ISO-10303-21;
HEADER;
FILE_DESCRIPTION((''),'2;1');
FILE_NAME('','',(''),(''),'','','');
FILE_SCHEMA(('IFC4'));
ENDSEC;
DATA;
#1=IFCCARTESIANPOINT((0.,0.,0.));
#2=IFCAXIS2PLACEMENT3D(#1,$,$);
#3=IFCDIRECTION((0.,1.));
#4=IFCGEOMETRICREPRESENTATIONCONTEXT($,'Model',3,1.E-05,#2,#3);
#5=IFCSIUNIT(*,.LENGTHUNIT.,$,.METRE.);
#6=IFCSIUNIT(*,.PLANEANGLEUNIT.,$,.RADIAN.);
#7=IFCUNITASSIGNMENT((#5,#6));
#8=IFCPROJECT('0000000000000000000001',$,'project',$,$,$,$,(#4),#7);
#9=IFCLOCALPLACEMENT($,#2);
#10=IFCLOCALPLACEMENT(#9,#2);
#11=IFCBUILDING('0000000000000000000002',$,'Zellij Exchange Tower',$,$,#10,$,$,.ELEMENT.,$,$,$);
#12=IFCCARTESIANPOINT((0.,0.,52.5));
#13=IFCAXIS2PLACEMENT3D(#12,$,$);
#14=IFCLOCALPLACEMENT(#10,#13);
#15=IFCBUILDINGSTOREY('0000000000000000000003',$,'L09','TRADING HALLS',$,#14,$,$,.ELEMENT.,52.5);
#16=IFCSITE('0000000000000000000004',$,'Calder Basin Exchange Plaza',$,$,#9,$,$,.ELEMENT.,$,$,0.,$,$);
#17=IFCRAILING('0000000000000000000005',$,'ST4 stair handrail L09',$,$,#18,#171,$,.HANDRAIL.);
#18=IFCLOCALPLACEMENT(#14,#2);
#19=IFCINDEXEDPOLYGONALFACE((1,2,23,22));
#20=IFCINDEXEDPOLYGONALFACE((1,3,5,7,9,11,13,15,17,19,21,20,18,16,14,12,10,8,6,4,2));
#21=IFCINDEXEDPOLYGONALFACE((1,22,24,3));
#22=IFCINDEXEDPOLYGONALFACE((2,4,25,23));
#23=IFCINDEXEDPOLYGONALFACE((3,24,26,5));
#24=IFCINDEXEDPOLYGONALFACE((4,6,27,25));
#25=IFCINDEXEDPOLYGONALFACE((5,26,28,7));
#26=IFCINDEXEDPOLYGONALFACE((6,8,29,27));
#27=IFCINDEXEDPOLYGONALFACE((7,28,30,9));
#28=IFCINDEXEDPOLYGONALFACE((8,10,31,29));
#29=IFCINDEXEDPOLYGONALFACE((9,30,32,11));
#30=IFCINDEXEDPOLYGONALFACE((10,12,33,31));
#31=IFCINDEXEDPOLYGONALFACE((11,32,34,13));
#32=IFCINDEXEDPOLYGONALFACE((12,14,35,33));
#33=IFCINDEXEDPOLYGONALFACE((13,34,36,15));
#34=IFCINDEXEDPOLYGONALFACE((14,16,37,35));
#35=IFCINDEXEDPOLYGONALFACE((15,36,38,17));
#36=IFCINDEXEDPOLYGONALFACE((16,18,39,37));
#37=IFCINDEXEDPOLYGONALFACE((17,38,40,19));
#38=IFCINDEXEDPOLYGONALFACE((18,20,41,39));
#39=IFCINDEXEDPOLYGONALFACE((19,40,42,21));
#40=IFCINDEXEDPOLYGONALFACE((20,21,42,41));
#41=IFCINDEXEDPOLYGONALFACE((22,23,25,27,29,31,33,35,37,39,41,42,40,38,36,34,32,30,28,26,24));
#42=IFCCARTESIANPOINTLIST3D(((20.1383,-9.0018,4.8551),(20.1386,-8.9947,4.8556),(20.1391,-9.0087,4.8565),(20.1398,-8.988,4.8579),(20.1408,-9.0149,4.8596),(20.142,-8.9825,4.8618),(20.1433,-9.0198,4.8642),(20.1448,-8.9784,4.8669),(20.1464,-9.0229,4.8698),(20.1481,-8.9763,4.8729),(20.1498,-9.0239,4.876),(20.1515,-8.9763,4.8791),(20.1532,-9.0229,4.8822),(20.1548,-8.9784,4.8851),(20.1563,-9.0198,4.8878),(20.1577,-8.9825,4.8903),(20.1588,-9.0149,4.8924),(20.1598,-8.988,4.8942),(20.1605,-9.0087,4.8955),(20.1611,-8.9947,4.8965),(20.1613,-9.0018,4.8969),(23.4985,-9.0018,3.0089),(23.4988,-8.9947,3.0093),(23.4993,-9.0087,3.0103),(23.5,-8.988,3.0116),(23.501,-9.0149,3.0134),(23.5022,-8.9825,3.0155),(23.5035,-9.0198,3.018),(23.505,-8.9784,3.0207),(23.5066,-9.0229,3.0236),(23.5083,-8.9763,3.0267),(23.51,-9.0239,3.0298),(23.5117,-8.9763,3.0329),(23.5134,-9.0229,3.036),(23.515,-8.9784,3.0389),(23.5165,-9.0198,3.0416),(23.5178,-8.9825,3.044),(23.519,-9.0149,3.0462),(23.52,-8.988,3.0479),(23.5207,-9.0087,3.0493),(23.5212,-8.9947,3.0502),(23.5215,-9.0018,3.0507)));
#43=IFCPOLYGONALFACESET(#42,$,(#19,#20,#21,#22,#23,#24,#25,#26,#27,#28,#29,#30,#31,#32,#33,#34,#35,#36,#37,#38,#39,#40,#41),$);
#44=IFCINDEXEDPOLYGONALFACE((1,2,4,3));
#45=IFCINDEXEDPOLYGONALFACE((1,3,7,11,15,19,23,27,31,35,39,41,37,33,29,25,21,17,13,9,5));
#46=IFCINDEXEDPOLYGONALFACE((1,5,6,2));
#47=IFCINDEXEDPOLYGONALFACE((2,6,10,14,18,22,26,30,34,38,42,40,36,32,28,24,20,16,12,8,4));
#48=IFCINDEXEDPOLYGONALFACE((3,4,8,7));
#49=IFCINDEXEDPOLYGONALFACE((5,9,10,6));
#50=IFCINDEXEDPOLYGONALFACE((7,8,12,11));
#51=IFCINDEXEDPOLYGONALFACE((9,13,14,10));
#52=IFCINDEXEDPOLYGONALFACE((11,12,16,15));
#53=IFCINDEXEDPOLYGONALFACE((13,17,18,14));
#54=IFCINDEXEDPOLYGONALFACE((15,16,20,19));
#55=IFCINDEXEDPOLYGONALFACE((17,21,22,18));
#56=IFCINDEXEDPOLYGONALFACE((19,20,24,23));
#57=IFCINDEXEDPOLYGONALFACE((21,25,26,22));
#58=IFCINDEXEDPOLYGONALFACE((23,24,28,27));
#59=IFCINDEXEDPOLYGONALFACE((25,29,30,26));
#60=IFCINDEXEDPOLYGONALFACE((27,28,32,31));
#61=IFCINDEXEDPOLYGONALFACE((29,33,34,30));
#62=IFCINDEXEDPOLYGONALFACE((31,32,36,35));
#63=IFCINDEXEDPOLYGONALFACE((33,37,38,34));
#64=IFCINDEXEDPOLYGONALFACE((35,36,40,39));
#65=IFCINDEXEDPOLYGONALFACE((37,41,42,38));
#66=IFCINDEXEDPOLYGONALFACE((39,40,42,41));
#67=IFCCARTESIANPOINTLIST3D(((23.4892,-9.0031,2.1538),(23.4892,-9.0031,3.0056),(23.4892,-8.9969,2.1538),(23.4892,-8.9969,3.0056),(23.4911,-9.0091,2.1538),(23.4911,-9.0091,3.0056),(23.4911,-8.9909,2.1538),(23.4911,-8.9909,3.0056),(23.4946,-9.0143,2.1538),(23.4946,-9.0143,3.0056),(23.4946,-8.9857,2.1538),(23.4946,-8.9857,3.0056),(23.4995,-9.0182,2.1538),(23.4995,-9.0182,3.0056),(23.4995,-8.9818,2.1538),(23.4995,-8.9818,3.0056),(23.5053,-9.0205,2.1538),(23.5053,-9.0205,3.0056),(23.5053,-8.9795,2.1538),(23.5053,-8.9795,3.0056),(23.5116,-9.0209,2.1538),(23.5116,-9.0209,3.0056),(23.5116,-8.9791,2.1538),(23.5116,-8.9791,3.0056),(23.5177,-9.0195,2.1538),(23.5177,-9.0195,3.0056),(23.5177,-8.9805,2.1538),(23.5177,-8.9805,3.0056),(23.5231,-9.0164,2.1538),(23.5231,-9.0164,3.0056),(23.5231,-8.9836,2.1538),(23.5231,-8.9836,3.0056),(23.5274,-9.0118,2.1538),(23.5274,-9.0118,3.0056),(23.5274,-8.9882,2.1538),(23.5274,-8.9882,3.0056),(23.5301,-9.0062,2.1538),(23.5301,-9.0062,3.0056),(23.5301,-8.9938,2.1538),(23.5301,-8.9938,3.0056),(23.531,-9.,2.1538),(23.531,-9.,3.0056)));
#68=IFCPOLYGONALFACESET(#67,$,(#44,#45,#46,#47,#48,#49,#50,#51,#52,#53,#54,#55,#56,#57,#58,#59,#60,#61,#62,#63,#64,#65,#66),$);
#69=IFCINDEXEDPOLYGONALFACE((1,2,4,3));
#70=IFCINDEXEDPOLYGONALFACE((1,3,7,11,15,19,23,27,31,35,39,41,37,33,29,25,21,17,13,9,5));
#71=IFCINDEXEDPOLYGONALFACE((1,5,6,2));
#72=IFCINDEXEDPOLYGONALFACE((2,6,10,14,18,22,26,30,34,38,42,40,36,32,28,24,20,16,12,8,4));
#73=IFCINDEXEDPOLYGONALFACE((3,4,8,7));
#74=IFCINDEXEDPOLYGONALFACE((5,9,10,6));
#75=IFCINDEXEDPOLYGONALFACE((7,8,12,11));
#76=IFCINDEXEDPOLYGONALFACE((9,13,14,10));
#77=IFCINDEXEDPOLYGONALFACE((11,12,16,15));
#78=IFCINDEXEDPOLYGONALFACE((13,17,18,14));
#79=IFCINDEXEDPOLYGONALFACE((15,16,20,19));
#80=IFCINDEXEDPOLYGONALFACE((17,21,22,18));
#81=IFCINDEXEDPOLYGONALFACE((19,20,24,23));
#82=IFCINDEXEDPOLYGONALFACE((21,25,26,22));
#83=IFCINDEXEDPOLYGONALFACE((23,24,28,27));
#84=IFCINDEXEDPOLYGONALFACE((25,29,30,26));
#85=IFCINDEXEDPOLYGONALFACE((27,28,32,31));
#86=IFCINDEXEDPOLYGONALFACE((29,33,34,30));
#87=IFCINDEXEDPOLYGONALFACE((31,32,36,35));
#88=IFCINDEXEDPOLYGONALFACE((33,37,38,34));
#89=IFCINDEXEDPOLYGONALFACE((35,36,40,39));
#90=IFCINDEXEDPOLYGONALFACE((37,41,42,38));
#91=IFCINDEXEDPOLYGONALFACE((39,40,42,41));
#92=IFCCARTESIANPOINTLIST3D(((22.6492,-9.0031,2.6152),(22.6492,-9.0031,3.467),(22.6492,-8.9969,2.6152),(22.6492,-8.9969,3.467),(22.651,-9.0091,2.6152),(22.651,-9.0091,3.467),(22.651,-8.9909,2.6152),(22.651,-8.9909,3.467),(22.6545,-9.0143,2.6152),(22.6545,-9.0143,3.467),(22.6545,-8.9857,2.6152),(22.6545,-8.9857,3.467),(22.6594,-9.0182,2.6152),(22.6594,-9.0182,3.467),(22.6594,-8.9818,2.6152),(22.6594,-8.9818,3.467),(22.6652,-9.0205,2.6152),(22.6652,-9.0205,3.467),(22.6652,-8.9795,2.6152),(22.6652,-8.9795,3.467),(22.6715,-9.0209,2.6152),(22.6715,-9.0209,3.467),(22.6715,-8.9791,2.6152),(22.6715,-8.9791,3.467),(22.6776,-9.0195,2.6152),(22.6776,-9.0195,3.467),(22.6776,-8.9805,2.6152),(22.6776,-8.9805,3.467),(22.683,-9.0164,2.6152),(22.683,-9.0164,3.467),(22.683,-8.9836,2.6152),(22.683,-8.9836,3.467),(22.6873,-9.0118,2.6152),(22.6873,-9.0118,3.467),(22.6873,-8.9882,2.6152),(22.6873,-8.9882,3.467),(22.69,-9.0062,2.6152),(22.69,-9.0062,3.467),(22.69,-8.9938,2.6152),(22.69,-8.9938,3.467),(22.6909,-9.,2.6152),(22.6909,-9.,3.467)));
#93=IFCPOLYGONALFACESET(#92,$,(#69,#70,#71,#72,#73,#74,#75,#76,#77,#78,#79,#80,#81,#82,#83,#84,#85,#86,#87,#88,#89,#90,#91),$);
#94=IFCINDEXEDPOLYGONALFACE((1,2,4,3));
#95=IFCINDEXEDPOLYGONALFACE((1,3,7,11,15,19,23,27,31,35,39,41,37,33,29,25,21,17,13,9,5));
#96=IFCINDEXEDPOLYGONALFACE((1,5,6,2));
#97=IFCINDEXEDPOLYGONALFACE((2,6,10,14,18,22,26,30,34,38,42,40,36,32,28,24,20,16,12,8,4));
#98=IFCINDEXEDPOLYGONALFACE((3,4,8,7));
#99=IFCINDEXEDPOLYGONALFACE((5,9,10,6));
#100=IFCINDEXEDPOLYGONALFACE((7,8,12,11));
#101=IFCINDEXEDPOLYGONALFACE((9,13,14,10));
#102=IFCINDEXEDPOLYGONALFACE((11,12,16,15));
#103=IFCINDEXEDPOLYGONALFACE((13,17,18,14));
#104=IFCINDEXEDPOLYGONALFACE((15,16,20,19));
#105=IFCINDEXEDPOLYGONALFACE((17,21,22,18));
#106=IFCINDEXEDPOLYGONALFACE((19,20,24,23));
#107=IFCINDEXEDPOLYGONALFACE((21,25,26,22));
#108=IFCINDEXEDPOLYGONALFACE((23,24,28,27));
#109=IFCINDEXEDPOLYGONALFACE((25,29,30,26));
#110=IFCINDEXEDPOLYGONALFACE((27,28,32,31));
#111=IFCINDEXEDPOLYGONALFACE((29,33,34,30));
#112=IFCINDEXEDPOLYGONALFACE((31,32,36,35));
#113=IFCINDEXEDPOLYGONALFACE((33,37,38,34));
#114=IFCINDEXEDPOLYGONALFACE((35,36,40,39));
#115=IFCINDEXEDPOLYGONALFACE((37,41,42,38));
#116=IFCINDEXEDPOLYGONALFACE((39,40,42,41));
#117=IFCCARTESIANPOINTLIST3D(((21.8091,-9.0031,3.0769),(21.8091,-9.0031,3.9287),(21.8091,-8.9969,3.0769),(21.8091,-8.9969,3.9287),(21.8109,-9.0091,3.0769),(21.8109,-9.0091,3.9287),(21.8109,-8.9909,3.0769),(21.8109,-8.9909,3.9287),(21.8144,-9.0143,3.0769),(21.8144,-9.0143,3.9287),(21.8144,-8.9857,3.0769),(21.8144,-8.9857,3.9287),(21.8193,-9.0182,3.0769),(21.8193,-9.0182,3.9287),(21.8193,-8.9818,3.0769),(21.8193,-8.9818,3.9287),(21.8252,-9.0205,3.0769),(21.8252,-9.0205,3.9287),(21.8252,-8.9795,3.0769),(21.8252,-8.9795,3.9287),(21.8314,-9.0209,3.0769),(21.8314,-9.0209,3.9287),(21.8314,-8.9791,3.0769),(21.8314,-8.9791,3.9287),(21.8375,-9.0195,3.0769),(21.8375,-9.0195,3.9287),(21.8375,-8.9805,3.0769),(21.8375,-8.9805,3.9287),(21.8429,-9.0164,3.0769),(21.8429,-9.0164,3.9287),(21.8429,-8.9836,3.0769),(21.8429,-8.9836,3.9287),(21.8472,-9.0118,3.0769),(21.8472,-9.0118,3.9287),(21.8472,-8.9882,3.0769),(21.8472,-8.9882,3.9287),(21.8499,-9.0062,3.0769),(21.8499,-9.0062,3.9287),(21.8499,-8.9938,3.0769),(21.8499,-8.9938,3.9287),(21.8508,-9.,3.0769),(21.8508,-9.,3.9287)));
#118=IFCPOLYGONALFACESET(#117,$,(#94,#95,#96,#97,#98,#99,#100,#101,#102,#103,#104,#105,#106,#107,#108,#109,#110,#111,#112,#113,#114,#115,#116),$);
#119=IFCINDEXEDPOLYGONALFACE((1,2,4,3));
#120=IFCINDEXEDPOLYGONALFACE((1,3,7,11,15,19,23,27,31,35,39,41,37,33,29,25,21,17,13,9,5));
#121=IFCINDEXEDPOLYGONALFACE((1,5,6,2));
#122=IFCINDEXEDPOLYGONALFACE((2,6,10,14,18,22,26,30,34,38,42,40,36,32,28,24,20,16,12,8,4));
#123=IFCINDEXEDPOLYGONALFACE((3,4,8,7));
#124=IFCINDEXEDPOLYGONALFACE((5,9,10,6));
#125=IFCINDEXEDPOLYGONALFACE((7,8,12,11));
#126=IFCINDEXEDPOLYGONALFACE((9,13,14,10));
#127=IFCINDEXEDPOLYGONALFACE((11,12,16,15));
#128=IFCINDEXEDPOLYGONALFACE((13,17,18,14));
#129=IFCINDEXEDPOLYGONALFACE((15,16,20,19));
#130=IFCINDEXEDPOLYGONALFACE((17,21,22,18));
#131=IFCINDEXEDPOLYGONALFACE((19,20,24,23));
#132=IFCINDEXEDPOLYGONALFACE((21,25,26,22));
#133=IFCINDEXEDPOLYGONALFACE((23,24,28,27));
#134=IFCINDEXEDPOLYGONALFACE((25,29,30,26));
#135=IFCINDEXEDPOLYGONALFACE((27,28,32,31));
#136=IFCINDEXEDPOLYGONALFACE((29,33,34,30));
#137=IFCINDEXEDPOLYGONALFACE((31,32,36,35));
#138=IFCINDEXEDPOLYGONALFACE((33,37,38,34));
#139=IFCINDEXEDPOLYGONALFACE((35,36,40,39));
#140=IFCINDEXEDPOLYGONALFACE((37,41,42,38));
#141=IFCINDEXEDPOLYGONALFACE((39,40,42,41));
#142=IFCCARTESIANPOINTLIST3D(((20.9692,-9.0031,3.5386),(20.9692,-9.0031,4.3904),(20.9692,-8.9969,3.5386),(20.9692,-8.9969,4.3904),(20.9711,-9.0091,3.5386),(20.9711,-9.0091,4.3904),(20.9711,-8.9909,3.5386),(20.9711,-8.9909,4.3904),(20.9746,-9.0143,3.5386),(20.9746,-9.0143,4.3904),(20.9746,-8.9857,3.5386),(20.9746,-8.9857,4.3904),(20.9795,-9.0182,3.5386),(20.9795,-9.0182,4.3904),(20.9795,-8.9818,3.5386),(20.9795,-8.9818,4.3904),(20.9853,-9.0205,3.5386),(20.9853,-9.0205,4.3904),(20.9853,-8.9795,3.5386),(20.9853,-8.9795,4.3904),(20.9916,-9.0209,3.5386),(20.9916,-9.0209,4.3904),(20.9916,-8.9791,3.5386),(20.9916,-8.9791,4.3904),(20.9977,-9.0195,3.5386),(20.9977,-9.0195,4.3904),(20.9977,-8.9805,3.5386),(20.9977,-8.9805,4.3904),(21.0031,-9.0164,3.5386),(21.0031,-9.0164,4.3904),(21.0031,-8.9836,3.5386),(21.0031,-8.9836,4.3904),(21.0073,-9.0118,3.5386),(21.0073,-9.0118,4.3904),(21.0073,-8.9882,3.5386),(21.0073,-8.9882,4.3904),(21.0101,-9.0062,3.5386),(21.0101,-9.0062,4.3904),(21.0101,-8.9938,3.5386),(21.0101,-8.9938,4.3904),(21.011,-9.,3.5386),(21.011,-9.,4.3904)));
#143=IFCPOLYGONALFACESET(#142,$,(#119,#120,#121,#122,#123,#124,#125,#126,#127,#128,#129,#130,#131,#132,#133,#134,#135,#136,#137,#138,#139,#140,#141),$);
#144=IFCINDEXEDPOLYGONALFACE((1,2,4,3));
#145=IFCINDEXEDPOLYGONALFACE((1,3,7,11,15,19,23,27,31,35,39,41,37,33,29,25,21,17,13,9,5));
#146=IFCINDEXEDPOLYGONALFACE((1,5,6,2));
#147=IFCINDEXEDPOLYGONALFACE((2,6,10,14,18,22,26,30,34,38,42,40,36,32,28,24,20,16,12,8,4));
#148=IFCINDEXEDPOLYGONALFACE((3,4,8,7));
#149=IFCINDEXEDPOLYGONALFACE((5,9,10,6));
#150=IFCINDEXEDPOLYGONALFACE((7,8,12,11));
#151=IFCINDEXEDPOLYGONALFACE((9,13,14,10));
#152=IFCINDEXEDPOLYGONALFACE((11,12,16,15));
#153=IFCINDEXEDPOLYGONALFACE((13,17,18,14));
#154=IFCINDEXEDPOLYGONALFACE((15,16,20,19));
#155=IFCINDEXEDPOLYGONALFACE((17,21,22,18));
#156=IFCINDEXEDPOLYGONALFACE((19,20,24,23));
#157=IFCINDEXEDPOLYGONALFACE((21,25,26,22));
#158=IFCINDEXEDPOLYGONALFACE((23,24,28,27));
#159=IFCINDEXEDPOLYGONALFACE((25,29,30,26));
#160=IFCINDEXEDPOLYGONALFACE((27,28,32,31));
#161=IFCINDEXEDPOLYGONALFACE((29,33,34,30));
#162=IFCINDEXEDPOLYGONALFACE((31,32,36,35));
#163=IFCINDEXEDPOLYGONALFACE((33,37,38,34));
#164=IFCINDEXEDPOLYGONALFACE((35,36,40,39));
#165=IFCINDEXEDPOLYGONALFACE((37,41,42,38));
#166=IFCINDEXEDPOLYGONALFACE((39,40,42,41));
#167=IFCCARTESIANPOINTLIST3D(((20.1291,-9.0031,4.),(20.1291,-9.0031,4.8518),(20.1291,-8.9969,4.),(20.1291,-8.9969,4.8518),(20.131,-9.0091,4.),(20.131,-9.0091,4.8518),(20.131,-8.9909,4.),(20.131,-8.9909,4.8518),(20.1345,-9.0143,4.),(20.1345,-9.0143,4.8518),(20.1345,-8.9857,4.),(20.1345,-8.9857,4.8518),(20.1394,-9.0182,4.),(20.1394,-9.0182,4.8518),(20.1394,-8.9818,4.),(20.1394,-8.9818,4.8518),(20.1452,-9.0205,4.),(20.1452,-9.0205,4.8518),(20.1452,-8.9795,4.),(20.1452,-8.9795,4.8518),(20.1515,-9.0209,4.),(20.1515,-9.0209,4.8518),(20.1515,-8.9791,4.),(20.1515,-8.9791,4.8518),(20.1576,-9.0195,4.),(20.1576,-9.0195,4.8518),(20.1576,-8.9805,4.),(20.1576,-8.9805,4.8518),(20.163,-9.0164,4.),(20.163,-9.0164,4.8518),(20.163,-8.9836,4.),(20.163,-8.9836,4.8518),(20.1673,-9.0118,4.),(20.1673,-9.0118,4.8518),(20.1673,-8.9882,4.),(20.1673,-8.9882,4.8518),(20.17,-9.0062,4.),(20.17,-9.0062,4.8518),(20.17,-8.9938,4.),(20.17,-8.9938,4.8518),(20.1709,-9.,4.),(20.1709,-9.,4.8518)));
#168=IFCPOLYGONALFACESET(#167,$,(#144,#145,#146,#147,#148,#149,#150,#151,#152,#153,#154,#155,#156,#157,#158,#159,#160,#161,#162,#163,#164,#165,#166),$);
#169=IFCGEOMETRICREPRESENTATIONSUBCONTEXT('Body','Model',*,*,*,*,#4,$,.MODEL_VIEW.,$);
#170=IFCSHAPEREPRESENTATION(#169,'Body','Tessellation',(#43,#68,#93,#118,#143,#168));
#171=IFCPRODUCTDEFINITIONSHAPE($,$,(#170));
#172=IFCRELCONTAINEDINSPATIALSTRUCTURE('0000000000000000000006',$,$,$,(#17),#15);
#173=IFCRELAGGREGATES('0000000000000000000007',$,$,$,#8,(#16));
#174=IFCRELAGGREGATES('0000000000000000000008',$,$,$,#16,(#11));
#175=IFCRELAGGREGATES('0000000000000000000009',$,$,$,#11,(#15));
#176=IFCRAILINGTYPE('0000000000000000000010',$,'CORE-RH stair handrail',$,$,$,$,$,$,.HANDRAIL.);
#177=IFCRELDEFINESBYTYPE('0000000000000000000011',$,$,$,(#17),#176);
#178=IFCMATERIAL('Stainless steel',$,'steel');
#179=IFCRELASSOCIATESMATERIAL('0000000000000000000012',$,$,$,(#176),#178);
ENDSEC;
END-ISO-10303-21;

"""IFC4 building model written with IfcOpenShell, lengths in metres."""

from ifc_helpers import new_model, si_unit, direction, frame, origin, origin_2d, place, context, subcontext, project, spatial, circle, extrude, material, type_object, element, save


model = new_model("IFC4")

# Units and contexts
model_context = context("Model", 3, precision=1e-05, world=origin(), true_north=direction((0.0, 1.0)))
body_context = subcontext(model_context, "Body", "Model", "MODEL_VIEW")
ifc_project = project(units=[si_unit("LENGTHUNIT", "METRE"), si_unit("PLANEANGLEUNIT", "RADIAN")], contexts=[model_context])

# Site, building, storey
site_placement = place(None, origin())
site = spatial("IfcSite", under=ifc_project, at=site_placement, Name="Calder Basin Exchange Plaza", CompositionType="ELEMENT", RefElevation=0.0)
building_placement = place(site_placement, origin())
building = spatial("IfcBuilding", under=site, at=building_placement, Name="Zellij Exchange Tower", CompositionType="ELEMENT")
storey_placement = place(building_placement, frame((0.0, 0.0, 52.5)))
storey = spatial("IfcBuildingStorey", under=building, at=storey_placement, Name="L09", Description="TRADING HALLS", CompositionType="ELEMENT", Elevation=52.5)

# Railing
ifc_material_1 = material(Name="Stainless steel", Category="steel")
railing_type = type_object("IfcRailingType", Name="CORE-RH stair handrail", PredefinedType="HANDRAIL", material=ifc_material_1)
railing_placement = place(storey_placement, frame((23.51, -9.0, 2.1538)))
element("IfcRailing", 1, at=railing_placement, inside=storey, type_object=railing_type, Name="ST4 stair handrail L09", PredefinedType="HANDRAIL", context=body_context, shape_type="SweptSolid", body=[
    extrude(circle(Radius=0.0239, at=origin_2d()), frame((0.0, 0.0, 0.876), z_axis=(-0.876422, 0.0, 0.481545), x_axis=(0.0, -1.0, 0.0)), (0.0, 0.0, 1.0), 3.834),
    extrude(circle(Radius=0.021, at=origin_2d()), origin(), (0.0, 0.0, 1.0), 0.8518),
    extrude(circle(Radius=0.021, at=origin_2d()), frame((-0.8401, 0.0, 0.4614)), (0.0, 0.0, 1.0), 0.8518),
    extrude(circle(Radius=0.021, at=origin_2d()), frame((-1.6802, 0.0, 0.9231)), (0.0, 0.0, 1.0), 0.8518),
    extrude(circle(Radius=0.021, at=origin_2d()), frame((-2.52, 0.0, 1.3848)), (0.0, 0.0, 1.0), 0.8518),
    extrude(circle(Radius=0.021, at=origin_2d()), frame((-3.3601, 0.0, 1.8462)), (0.0, 0.0, 1.0), 0.8518),
])

save(model, "model.ifc")
